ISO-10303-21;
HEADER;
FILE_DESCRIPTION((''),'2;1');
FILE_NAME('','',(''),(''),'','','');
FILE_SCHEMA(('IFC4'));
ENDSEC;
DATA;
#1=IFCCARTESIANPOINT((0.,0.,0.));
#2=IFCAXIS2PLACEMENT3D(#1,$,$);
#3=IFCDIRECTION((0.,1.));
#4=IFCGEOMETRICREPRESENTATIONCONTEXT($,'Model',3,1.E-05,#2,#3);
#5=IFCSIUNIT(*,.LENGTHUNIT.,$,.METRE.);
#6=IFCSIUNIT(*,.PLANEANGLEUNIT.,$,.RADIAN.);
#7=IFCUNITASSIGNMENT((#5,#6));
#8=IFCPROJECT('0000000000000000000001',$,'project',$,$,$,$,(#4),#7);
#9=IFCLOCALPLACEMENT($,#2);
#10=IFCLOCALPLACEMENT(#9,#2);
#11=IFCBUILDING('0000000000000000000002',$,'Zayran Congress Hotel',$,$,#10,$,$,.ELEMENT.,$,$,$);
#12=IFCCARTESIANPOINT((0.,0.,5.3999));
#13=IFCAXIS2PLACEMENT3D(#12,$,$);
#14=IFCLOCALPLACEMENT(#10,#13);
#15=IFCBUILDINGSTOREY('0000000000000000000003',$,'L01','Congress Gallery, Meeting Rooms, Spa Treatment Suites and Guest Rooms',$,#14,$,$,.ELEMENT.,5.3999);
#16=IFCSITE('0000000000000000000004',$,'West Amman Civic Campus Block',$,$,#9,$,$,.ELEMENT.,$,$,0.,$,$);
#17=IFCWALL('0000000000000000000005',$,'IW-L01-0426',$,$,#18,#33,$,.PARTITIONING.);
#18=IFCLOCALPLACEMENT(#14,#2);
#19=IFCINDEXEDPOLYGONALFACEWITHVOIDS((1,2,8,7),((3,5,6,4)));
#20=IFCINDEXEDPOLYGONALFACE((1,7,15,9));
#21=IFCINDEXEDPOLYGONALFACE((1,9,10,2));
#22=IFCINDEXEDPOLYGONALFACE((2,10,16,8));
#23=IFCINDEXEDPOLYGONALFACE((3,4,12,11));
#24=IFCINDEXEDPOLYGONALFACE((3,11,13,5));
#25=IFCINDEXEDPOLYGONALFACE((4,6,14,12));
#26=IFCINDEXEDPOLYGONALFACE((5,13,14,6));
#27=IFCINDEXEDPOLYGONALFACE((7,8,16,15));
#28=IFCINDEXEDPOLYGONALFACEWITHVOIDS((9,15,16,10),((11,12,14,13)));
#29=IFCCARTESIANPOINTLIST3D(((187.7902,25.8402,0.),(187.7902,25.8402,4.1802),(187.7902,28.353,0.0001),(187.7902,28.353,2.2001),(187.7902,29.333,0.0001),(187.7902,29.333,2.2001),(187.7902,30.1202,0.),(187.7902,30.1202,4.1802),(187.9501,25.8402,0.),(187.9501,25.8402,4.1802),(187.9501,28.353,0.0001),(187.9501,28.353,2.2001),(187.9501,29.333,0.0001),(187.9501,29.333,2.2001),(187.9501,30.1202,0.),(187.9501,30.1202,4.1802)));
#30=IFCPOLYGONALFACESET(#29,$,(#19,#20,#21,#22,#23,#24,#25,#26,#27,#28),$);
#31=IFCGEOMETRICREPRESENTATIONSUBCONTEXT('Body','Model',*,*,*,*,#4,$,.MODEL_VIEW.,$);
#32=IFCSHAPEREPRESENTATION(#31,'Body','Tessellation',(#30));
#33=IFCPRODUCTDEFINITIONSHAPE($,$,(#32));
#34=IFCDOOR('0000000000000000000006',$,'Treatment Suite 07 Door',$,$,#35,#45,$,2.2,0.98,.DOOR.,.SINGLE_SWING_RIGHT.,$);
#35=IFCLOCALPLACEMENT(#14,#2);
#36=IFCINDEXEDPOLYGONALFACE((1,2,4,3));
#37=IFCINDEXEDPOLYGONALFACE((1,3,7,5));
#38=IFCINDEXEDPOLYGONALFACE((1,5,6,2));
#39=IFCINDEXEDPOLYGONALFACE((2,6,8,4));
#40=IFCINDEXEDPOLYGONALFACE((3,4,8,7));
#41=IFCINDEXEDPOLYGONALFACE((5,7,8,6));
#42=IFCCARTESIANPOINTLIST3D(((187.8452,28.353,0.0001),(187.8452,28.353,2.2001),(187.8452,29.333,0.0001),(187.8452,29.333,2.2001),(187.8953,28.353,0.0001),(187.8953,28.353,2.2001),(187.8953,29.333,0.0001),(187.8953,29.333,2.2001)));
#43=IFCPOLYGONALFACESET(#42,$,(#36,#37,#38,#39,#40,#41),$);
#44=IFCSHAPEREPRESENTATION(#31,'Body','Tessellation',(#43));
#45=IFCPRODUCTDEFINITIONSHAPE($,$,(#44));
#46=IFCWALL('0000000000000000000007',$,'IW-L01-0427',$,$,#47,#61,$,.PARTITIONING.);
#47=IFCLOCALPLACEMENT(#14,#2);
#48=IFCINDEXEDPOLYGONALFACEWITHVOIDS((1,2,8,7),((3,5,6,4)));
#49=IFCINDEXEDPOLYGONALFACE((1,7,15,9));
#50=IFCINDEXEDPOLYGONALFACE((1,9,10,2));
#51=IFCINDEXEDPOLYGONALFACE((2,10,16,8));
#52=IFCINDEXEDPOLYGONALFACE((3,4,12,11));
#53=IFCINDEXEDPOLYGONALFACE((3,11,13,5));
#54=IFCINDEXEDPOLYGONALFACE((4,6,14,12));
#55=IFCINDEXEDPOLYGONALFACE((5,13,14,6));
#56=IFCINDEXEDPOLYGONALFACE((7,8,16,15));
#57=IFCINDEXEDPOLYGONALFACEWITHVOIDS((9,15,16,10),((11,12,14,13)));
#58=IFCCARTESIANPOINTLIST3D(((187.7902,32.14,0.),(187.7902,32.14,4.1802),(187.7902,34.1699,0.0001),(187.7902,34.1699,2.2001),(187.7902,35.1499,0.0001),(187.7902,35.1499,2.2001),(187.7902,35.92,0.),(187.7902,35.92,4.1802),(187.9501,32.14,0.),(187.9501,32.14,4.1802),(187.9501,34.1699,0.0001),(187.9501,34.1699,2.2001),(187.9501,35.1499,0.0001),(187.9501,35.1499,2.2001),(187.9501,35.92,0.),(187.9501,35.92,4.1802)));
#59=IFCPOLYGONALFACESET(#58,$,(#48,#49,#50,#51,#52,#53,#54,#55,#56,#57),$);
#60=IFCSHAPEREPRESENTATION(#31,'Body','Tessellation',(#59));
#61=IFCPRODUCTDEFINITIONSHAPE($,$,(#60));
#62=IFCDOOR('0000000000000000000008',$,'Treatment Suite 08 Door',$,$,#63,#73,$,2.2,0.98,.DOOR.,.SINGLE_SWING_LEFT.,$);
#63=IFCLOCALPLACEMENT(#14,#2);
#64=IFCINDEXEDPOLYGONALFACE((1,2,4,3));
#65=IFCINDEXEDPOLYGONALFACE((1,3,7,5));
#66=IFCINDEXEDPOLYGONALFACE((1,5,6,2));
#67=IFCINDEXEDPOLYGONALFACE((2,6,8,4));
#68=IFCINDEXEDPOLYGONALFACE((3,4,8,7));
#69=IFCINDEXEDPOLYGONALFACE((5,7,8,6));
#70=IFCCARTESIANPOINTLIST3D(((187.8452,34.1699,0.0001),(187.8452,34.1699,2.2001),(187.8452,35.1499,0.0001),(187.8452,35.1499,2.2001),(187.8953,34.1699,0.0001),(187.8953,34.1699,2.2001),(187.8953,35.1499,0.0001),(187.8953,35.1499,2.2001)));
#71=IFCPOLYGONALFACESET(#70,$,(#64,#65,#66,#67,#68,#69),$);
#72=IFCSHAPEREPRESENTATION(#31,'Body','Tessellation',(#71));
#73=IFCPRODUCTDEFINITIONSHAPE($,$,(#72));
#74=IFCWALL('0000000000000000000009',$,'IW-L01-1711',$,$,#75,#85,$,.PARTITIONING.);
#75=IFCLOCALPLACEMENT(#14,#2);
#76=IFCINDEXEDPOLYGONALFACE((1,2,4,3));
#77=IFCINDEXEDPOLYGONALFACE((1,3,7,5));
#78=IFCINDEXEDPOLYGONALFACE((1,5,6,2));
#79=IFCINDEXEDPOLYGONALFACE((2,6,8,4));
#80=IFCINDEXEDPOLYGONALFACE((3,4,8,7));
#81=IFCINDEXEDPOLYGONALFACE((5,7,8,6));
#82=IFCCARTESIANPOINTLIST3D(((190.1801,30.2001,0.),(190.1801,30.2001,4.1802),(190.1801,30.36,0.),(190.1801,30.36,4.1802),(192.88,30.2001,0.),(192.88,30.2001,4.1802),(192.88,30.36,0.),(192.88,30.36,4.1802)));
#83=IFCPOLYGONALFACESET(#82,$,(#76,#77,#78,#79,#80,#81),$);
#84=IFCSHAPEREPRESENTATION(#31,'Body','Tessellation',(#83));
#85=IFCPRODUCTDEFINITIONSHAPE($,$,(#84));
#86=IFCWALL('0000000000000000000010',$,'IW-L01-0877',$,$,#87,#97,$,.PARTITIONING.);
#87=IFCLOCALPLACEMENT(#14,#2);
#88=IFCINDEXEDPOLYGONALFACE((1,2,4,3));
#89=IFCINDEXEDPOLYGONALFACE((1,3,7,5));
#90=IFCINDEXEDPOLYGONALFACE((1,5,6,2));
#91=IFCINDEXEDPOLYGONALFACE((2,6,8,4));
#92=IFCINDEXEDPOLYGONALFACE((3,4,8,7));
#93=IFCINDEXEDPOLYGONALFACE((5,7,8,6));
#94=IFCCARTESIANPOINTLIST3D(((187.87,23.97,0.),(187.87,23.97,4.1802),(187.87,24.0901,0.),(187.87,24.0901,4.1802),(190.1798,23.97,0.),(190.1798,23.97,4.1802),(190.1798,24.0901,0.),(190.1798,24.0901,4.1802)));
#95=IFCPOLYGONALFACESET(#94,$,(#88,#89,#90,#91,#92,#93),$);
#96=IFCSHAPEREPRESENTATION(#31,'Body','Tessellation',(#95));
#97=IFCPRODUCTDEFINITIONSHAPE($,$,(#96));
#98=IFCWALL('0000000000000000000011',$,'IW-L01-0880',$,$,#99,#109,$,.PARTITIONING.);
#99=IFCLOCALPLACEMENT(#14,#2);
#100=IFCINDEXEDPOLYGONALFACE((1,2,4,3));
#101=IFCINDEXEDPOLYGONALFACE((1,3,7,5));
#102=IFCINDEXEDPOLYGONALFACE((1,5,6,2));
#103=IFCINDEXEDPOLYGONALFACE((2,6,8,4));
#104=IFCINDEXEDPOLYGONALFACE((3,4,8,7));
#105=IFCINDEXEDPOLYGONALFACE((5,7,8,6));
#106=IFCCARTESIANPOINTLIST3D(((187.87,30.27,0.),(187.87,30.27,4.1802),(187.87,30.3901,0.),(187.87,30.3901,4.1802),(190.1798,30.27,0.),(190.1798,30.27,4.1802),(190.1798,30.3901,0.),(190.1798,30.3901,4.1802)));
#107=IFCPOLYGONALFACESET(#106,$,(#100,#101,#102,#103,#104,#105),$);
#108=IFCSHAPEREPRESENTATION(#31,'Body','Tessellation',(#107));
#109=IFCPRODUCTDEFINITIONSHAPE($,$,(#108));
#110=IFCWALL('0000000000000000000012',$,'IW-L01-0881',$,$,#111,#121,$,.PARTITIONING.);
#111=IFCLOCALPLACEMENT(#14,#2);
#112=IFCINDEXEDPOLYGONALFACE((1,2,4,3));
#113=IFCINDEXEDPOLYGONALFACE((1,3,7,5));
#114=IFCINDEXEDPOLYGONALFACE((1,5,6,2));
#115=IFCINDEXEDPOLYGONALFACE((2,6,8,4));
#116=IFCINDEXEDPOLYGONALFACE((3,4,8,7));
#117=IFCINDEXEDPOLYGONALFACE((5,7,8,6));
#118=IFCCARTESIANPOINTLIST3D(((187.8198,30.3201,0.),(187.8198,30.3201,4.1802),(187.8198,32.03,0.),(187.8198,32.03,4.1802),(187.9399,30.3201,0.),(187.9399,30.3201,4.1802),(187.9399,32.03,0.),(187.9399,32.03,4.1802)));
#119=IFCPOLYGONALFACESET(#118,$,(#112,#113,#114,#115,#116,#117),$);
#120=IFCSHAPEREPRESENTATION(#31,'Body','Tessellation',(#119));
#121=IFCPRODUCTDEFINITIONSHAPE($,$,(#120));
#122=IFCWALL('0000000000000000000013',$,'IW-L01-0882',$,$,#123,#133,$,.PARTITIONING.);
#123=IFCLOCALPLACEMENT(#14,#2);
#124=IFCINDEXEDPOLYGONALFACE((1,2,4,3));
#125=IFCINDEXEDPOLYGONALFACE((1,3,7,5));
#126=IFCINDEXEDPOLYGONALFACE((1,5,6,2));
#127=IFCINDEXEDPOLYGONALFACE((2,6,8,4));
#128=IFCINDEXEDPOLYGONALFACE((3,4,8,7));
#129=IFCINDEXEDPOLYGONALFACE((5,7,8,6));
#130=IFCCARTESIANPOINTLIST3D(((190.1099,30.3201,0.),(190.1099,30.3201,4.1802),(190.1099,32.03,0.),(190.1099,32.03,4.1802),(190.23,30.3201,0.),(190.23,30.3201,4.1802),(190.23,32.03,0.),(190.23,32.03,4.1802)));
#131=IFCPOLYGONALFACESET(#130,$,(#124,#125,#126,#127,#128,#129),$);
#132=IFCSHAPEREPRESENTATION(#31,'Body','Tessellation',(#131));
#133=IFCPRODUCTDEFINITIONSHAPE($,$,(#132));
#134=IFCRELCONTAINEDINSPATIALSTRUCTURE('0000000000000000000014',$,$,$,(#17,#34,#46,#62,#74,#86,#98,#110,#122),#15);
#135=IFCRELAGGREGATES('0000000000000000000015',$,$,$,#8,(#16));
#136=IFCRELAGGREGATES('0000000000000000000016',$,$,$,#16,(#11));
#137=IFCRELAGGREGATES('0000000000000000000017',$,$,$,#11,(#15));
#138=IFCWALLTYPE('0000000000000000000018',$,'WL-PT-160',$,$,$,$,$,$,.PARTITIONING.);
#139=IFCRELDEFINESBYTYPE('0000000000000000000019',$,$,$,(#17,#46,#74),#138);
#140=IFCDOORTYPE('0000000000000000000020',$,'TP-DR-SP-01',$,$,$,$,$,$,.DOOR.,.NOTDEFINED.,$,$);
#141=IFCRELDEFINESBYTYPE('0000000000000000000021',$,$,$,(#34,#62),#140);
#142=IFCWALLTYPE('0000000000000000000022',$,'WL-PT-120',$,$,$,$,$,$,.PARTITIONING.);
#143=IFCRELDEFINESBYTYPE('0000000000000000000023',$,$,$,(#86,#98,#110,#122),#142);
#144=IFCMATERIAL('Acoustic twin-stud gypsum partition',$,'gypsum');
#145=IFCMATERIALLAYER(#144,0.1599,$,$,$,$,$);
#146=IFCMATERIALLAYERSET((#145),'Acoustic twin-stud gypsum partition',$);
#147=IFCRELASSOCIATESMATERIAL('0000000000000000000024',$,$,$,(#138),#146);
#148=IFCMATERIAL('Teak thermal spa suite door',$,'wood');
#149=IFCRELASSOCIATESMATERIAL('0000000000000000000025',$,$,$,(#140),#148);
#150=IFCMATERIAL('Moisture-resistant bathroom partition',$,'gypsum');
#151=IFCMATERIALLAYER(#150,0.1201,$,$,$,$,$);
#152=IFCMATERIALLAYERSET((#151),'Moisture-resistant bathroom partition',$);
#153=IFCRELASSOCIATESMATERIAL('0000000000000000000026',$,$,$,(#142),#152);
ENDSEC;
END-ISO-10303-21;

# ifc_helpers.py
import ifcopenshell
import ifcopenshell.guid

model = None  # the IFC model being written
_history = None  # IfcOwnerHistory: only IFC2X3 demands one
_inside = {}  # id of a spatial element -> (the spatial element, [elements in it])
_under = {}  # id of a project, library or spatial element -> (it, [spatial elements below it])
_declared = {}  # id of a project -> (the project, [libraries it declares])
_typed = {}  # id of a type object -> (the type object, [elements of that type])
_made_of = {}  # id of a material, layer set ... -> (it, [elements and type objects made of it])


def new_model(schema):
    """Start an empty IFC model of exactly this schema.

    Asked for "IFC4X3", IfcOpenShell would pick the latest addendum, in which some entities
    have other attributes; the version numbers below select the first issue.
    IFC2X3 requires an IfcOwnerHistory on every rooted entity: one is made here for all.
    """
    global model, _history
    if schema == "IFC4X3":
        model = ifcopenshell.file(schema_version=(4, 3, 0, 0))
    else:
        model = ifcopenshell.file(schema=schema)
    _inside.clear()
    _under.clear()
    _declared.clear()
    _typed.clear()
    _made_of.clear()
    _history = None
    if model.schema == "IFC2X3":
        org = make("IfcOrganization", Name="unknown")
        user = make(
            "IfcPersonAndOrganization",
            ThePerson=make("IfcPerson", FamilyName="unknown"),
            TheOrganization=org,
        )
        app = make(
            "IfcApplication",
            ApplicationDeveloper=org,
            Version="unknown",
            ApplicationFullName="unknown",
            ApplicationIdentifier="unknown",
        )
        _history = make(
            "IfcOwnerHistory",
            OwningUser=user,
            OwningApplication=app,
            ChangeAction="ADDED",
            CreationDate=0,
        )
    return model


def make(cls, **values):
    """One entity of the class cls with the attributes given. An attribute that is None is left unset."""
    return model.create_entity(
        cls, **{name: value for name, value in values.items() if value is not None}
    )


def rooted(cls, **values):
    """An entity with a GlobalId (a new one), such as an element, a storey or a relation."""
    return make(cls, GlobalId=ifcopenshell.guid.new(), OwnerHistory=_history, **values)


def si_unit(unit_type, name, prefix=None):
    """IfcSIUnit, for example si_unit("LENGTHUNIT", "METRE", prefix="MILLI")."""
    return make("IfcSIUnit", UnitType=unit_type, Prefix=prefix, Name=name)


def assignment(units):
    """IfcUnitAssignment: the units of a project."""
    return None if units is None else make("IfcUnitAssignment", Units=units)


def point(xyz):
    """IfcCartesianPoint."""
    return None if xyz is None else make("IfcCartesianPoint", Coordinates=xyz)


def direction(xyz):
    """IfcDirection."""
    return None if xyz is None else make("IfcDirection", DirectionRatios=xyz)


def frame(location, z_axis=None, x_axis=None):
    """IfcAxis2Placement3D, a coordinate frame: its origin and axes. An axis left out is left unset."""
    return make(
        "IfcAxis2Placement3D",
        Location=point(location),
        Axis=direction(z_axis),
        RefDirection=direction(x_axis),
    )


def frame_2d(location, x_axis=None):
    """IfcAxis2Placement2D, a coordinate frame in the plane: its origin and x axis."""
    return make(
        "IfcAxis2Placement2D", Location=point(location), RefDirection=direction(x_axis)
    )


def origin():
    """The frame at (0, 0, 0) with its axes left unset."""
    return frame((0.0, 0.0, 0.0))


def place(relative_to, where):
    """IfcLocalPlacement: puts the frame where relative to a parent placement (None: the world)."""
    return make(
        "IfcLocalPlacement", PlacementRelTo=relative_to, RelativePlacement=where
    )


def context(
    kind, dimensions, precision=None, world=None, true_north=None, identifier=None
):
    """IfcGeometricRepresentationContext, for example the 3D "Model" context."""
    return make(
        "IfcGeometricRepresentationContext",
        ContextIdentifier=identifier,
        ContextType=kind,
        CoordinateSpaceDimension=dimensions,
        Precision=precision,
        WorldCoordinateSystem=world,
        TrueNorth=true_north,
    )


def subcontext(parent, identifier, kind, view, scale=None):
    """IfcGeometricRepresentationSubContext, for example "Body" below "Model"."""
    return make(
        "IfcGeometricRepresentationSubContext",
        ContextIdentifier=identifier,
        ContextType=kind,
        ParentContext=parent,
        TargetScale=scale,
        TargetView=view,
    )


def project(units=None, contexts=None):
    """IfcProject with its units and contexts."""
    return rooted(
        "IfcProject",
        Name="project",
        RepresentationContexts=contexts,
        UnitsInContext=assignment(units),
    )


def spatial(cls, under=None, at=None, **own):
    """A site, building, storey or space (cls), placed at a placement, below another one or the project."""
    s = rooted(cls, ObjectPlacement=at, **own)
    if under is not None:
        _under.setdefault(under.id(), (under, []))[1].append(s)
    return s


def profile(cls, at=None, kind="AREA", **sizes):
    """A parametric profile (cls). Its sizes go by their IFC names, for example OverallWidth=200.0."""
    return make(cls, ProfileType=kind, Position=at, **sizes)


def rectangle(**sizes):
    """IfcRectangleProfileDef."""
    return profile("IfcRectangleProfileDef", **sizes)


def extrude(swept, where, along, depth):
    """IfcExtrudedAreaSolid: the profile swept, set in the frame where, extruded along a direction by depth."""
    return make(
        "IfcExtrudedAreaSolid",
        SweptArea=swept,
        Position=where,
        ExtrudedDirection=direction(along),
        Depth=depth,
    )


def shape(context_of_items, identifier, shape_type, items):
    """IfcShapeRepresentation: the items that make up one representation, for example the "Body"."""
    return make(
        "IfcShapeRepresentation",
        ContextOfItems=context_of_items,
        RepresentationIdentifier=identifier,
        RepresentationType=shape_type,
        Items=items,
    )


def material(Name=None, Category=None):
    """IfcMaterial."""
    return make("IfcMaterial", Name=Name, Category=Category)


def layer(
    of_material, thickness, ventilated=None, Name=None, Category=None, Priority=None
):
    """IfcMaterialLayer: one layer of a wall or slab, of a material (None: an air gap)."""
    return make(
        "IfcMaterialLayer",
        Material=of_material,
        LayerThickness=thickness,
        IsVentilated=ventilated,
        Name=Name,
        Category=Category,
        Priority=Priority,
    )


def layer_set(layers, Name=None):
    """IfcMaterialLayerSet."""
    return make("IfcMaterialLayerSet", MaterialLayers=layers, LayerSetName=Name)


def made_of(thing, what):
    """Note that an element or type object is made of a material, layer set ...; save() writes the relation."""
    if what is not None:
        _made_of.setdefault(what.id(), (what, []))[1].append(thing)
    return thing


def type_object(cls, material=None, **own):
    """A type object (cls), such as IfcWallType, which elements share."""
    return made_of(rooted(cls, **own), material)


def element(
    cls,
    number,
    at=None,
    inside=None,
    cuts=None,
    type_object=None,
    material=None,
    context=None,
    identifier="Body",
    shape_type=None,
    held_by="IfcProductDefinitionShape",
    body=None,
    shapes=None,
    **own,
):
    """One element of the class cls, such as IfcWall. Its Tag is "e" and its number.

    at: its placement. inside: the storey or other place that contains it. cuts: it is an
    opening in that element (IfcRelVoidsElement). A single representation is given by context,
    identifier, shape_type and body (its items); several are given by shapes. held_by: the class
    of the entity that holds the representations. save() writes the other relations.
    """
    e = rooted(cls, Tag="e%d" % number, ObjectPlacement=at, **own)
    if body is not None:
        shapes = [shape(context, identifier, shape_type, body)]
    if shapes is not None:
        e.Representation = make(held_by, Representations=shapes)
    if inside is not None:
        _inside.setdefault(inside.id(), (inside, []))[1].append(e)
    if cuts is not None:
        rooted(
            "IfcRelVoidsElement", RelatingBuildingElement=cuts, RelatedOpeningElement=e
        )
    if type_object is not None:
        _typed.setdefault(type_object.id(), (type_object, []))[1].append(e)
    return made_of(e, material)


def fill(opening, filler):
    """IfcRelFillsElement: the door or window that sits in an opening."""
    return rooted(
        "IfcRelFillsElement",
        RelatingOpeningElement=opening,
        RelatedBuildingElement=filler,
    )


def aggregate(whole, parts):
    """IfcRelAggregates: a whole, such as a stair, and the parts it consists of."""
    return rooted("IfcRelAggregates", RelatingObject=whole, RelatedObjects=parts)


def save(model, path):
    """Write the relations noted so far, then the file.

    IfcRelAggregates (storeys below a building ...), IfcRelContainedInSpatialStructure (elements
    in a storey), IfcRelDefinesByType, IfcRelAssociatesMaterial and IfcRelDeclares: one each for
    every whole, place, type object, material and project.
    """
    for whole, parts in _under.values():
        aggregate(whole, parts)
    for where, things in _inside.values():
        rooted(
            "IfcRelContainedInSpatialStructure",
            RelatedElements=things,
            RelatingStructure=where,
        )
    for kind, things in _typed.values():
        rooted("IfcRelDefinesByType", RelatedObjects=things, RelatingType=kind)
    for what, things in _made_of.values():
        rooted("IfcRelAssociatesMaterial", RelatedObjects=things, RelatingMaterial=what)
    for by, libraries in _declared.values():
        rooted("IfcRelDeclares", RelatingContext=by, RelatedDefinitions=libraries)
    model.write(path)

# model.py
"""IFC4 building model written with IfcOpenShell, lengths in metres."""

from ifc_helpers import new_model, si_unit, direction, frame, frame_2d, origin, place, context, subcontext, project, spatial, rectangle, extrude, material, layer, layer_set, type_object, element, fill, save


model = new_model("IFC4")

# Units and contexts
model_context = context("Model", 3, precision=1e-05, world=origin(), true_north=direction((0.0, 1.0)))
body_context = subcontext(model_context, "Body", "Model", "MODEL_VIEW")
ifc_project = project(units=[si_unit("LENGTHUNIT", "METRE"), si_unit("PLANEANGLEUNIT", "RADIAN")], contexts=[model_context])

# Site, building, storey
site_placement = place(None, origin())
site = spatial("IfcSite", under=ifc_project, at=site_placement, Name="West Amman Civic Campus Block", CompositionType="ELEMENT", RefElevation=0.0)
building_placement = place(site_placement, origin())
building = spatial("IfcBuilding", under=site, at=building_placement, Name="Zayran Congress Hotel", CompositionType="ELEMENT")
storey_placement = place(building_placement, frame((0.0, 0.0, 5.3999)))
storey = spatial("IfcBuildingStorey", under=building, at=storey_placement, Name="L01", Description="Congress Gallery, Meeting Rooms, Spa Treatment Suites and Guest Rooms", CompositionType="ELEMENT", Elevation=5.3999)

# Walls, openings, doors
ifc_material_1 = material(Name="Acoustic twin-stud gypsum partition", Category="gypsum")
ifc_layer_1 = layer(ifc_material_1, 0.1599)
ifc_layer_set_1 = layer_set([ifc_layer_1], Name="Acoustic twin-stud gypsum partition")
wall_type_1 = type_object("IfcWallType", Name="WL-PT-160", PredefinedType="PARTITIONING", material=ifc_layer_set_1)
wall_1_placement = place(storey_placement, frame((187.8701, 25.8401, 0.0), z_axis=(0.0, 0.0, 1.0), x_axis=(0.0, 1.0, 0.0)))
wall_1 = element("IfcWall", 1, at=wall_1_placement, inside=storey, type_object=wall_type_1, Name="IW-L01-0426", PredefinedType="PARTITIONING", context=body_context, shape_type="SweptSolid", body=[
    extrude(rectangle(XDim=4.28, YDim=0.1599, at=frame_2d((2.1401, 0.0))), origin(), (0.0, 0.0, 1.0), 4.1802),
])
opening_1_placement = place(wall_1_placement, frame((2.5129, 0.0, 0.0)))
opening_1 = element("IfcOpeningElement", 2, at=opening_1_placement, cuts=wall_1, PredefinedType="OPENING", context=body_context, shape_type="SweptSolid", body=[
    extrude(rectangle(XDim=0.98, YDim=2.2, at=frame_2d((0.49, 1.1001))), frame((0.0, 0.0898, 0.0), z_axis=(0.0, -1.0, 0.0), x_axis=(1.0, 0.0, 0.0)), (0.0, 0.0, 1.0), 0.1799),
])
ifc_material_2 = material(Name="Teak thermal spa suite door", Category="wood")
door_type_1 = type_object("IfcDoorType", Name="TP-DR-SP-01", OperationType="NOTDEFINED", PredefinedType="DOOR", material=ifc_material_2)
door_1_placement = place(opening_1_placement, origin())
door_1 = element("IfcDoor", 3, at=door_1_placement, inside=storey, type_object=door_type_1, Name="Treatment Suite 07 Door", OperationType="SINGLE_SWING_RIGHT", OverallHeight=2.2, OverallWidth=0.98, PredefinedType="DOOR", context=body_context, shape_type="SweptSolid", body=[
    extrude(rectangle(XDim=0.98, YDim=2.2, at=frame_2d((0.49, 1.1001))), frame((0.0, 0.0249, 0.0), z_axis=(0.0, -1.0, 0.0), x_axis=(1.0, 0.0, 0.0)), (0.0, 0.0, 1.0), 0.05),
])
fill(opening_1, door_1)
wall_2_placement = place(storey_placement, frame((187.8701, 32.1399, 0.0), z_axis=(0.0, 0.0, 1.0), x_axis=(0.0, 1.0, 0.0)))
wall_2 = element("IfcWall", 4, at=wall_2_placement, inside=storey, type_object=wall_type_1, Name="IW-L01-0427", PredefinedType="PARTITIONING", context=body_context, shape_type="SweptSolid", body=[
    extrude(rectangle(XDim=3.78, YDim=0.1599, at=frame_2d((1.8901, 0.0))), origin(), (0.0, 0.0, 1.0), 4.1802),
])
opening_2_placement = place(wall_2_placement, frame((2.03, 0.0, 0.0)))
opening_2 = element("IfcOpeningElement", 5, at=opening_2_placement, cuts=wall_2, PredefinedType="OPENING", context=body_context, shape_type="SweptSolid", body=[
    extrude(rectangle(XDim=0.98, YDim=2.2, at=frame_2d((0.49, 1.1001))), frame((0.0, 0.0898, 0.0), z_axis=(0.0, -1.0, 0.0), x_axis=(1.0, 0.0, 0.0)), (0.0, 0.0, 1.0), 0.1799),
])
door_2_placement = place(opening_2_placement, origin())
door_2 = element("IfcDoor", 6, at=door_2_placement, inside=storey, type_object=door_type_1, Name="Treatment Suite 08 Door", OperationType="SINGLE_SWING_LEFT", OverallHeight=2.2, OverallWidth=0.98, PredefinedType="DOOR", context=body_context, shape_type="SweptSolid", body=[
    extrude(rectangle(XDim=0.98, YDim=2.2, at=frame_2d((0.49, 1.1001))), frame((0.0, 0.0249, 0.0), z_axis=(0.0, -1.0, 0.0), x_axis=(1.0, 0.0, 0.0)), (0.0, 0.0, 1.0), 0.05),
])
fill(opening_2, door_2)

# Wall
wall_3_placement = place(storey_placement, frame((190.1799, 30.28, 0.0), z_axis=(0.0, 0.0, 1.0), x_axis=(1.0, 0.0, 0.0)))
element("IfcWall", 7, at=wall_3_placement, inside=storey, type_object=wall_type_1, Name="IW-L01-1711", PredefinedType="PARTITIONING", context=body_context, shape_type="SweptSolid", body=[
    extrude(rectangle(XDim=2.7, YDim=0.1599, at=frame_2d((1.3501, 0.0))), origin(), (0.0, 0.0, 1.0), 4.1802),
])

# Shared definitions
ifc_material_3 = material(Name="Moisture-resistant bathroom partition", Category="gypsum")
ifc_layer_2 = layer(ifc_material_3, 0.1201)
ifc_layer_set_2 = layer_set([ifc_layer_2], Name="Moisture-resistant bathroom partition")
wall_type_2 = type_object("IfcWallType", Name="WL-PT-120", PredefinedType="PARTITIONING", material=ifc_layer_set_2)

# Walls
for number, where, z_axis, x_axis, name in (
    (8, (187.8701, 24.03, 0.0), (0.0, 0.0, 1.0), (1.0, 0.0, 0.0), "IW-L01-0877"),
    (9, (187.8701, 30.3301, 0.0), (0.0, 0.0, 1.0), (1.0, 0.0, 0.0), "IW-L01-0880"),
):
    element("IfcWall", number, at=place(storey_placement, frame(where, z_axis=z_axis, x_axis=x_axis)), inside=storey, type_object=wall_type_2, Name=name, PredefinedType="PARTITIONING", context=body_context, shape_type="SweptSolid", body=[
        extrude(rectangle(XDim=2.3098, YDim=0.1201, at=frame_2d((1.1548, 0.0))), origin(), (0.0, 0.0, 1.0), 4.1802),
    ])
for number, where, z_axis, x_axis, name in (
    (10, (187.8799, 30.3201, 0.0), (0.0, 0.0, 1.0), (0.0, 1.0, 0.0), "IW-L01-0881"),
    (11, (190.1699, 30.3201, 0.0), (0.0, 0.0, 1.0), (0.0, 1.0, 0.0), "IW-L01-0882"),
):
    element("IfcWall", number, at=place(storey_placement, frame(where, z_axis=z_axis, x_axis=x_axis)), inside=storey, type_object=wall_type_2, Name=name, PredefinedType="PARTITIONING", context=body_context, shape_type="SweptSolid", body=[
        extrude(rectangle(XDim=1.71, YDim=0.1201, at=frame_2d((0.855, 0.0))), origin(), (0.0, 0.0, 1.0), 4.1802),
    ])

save(model, "model.ifc")
